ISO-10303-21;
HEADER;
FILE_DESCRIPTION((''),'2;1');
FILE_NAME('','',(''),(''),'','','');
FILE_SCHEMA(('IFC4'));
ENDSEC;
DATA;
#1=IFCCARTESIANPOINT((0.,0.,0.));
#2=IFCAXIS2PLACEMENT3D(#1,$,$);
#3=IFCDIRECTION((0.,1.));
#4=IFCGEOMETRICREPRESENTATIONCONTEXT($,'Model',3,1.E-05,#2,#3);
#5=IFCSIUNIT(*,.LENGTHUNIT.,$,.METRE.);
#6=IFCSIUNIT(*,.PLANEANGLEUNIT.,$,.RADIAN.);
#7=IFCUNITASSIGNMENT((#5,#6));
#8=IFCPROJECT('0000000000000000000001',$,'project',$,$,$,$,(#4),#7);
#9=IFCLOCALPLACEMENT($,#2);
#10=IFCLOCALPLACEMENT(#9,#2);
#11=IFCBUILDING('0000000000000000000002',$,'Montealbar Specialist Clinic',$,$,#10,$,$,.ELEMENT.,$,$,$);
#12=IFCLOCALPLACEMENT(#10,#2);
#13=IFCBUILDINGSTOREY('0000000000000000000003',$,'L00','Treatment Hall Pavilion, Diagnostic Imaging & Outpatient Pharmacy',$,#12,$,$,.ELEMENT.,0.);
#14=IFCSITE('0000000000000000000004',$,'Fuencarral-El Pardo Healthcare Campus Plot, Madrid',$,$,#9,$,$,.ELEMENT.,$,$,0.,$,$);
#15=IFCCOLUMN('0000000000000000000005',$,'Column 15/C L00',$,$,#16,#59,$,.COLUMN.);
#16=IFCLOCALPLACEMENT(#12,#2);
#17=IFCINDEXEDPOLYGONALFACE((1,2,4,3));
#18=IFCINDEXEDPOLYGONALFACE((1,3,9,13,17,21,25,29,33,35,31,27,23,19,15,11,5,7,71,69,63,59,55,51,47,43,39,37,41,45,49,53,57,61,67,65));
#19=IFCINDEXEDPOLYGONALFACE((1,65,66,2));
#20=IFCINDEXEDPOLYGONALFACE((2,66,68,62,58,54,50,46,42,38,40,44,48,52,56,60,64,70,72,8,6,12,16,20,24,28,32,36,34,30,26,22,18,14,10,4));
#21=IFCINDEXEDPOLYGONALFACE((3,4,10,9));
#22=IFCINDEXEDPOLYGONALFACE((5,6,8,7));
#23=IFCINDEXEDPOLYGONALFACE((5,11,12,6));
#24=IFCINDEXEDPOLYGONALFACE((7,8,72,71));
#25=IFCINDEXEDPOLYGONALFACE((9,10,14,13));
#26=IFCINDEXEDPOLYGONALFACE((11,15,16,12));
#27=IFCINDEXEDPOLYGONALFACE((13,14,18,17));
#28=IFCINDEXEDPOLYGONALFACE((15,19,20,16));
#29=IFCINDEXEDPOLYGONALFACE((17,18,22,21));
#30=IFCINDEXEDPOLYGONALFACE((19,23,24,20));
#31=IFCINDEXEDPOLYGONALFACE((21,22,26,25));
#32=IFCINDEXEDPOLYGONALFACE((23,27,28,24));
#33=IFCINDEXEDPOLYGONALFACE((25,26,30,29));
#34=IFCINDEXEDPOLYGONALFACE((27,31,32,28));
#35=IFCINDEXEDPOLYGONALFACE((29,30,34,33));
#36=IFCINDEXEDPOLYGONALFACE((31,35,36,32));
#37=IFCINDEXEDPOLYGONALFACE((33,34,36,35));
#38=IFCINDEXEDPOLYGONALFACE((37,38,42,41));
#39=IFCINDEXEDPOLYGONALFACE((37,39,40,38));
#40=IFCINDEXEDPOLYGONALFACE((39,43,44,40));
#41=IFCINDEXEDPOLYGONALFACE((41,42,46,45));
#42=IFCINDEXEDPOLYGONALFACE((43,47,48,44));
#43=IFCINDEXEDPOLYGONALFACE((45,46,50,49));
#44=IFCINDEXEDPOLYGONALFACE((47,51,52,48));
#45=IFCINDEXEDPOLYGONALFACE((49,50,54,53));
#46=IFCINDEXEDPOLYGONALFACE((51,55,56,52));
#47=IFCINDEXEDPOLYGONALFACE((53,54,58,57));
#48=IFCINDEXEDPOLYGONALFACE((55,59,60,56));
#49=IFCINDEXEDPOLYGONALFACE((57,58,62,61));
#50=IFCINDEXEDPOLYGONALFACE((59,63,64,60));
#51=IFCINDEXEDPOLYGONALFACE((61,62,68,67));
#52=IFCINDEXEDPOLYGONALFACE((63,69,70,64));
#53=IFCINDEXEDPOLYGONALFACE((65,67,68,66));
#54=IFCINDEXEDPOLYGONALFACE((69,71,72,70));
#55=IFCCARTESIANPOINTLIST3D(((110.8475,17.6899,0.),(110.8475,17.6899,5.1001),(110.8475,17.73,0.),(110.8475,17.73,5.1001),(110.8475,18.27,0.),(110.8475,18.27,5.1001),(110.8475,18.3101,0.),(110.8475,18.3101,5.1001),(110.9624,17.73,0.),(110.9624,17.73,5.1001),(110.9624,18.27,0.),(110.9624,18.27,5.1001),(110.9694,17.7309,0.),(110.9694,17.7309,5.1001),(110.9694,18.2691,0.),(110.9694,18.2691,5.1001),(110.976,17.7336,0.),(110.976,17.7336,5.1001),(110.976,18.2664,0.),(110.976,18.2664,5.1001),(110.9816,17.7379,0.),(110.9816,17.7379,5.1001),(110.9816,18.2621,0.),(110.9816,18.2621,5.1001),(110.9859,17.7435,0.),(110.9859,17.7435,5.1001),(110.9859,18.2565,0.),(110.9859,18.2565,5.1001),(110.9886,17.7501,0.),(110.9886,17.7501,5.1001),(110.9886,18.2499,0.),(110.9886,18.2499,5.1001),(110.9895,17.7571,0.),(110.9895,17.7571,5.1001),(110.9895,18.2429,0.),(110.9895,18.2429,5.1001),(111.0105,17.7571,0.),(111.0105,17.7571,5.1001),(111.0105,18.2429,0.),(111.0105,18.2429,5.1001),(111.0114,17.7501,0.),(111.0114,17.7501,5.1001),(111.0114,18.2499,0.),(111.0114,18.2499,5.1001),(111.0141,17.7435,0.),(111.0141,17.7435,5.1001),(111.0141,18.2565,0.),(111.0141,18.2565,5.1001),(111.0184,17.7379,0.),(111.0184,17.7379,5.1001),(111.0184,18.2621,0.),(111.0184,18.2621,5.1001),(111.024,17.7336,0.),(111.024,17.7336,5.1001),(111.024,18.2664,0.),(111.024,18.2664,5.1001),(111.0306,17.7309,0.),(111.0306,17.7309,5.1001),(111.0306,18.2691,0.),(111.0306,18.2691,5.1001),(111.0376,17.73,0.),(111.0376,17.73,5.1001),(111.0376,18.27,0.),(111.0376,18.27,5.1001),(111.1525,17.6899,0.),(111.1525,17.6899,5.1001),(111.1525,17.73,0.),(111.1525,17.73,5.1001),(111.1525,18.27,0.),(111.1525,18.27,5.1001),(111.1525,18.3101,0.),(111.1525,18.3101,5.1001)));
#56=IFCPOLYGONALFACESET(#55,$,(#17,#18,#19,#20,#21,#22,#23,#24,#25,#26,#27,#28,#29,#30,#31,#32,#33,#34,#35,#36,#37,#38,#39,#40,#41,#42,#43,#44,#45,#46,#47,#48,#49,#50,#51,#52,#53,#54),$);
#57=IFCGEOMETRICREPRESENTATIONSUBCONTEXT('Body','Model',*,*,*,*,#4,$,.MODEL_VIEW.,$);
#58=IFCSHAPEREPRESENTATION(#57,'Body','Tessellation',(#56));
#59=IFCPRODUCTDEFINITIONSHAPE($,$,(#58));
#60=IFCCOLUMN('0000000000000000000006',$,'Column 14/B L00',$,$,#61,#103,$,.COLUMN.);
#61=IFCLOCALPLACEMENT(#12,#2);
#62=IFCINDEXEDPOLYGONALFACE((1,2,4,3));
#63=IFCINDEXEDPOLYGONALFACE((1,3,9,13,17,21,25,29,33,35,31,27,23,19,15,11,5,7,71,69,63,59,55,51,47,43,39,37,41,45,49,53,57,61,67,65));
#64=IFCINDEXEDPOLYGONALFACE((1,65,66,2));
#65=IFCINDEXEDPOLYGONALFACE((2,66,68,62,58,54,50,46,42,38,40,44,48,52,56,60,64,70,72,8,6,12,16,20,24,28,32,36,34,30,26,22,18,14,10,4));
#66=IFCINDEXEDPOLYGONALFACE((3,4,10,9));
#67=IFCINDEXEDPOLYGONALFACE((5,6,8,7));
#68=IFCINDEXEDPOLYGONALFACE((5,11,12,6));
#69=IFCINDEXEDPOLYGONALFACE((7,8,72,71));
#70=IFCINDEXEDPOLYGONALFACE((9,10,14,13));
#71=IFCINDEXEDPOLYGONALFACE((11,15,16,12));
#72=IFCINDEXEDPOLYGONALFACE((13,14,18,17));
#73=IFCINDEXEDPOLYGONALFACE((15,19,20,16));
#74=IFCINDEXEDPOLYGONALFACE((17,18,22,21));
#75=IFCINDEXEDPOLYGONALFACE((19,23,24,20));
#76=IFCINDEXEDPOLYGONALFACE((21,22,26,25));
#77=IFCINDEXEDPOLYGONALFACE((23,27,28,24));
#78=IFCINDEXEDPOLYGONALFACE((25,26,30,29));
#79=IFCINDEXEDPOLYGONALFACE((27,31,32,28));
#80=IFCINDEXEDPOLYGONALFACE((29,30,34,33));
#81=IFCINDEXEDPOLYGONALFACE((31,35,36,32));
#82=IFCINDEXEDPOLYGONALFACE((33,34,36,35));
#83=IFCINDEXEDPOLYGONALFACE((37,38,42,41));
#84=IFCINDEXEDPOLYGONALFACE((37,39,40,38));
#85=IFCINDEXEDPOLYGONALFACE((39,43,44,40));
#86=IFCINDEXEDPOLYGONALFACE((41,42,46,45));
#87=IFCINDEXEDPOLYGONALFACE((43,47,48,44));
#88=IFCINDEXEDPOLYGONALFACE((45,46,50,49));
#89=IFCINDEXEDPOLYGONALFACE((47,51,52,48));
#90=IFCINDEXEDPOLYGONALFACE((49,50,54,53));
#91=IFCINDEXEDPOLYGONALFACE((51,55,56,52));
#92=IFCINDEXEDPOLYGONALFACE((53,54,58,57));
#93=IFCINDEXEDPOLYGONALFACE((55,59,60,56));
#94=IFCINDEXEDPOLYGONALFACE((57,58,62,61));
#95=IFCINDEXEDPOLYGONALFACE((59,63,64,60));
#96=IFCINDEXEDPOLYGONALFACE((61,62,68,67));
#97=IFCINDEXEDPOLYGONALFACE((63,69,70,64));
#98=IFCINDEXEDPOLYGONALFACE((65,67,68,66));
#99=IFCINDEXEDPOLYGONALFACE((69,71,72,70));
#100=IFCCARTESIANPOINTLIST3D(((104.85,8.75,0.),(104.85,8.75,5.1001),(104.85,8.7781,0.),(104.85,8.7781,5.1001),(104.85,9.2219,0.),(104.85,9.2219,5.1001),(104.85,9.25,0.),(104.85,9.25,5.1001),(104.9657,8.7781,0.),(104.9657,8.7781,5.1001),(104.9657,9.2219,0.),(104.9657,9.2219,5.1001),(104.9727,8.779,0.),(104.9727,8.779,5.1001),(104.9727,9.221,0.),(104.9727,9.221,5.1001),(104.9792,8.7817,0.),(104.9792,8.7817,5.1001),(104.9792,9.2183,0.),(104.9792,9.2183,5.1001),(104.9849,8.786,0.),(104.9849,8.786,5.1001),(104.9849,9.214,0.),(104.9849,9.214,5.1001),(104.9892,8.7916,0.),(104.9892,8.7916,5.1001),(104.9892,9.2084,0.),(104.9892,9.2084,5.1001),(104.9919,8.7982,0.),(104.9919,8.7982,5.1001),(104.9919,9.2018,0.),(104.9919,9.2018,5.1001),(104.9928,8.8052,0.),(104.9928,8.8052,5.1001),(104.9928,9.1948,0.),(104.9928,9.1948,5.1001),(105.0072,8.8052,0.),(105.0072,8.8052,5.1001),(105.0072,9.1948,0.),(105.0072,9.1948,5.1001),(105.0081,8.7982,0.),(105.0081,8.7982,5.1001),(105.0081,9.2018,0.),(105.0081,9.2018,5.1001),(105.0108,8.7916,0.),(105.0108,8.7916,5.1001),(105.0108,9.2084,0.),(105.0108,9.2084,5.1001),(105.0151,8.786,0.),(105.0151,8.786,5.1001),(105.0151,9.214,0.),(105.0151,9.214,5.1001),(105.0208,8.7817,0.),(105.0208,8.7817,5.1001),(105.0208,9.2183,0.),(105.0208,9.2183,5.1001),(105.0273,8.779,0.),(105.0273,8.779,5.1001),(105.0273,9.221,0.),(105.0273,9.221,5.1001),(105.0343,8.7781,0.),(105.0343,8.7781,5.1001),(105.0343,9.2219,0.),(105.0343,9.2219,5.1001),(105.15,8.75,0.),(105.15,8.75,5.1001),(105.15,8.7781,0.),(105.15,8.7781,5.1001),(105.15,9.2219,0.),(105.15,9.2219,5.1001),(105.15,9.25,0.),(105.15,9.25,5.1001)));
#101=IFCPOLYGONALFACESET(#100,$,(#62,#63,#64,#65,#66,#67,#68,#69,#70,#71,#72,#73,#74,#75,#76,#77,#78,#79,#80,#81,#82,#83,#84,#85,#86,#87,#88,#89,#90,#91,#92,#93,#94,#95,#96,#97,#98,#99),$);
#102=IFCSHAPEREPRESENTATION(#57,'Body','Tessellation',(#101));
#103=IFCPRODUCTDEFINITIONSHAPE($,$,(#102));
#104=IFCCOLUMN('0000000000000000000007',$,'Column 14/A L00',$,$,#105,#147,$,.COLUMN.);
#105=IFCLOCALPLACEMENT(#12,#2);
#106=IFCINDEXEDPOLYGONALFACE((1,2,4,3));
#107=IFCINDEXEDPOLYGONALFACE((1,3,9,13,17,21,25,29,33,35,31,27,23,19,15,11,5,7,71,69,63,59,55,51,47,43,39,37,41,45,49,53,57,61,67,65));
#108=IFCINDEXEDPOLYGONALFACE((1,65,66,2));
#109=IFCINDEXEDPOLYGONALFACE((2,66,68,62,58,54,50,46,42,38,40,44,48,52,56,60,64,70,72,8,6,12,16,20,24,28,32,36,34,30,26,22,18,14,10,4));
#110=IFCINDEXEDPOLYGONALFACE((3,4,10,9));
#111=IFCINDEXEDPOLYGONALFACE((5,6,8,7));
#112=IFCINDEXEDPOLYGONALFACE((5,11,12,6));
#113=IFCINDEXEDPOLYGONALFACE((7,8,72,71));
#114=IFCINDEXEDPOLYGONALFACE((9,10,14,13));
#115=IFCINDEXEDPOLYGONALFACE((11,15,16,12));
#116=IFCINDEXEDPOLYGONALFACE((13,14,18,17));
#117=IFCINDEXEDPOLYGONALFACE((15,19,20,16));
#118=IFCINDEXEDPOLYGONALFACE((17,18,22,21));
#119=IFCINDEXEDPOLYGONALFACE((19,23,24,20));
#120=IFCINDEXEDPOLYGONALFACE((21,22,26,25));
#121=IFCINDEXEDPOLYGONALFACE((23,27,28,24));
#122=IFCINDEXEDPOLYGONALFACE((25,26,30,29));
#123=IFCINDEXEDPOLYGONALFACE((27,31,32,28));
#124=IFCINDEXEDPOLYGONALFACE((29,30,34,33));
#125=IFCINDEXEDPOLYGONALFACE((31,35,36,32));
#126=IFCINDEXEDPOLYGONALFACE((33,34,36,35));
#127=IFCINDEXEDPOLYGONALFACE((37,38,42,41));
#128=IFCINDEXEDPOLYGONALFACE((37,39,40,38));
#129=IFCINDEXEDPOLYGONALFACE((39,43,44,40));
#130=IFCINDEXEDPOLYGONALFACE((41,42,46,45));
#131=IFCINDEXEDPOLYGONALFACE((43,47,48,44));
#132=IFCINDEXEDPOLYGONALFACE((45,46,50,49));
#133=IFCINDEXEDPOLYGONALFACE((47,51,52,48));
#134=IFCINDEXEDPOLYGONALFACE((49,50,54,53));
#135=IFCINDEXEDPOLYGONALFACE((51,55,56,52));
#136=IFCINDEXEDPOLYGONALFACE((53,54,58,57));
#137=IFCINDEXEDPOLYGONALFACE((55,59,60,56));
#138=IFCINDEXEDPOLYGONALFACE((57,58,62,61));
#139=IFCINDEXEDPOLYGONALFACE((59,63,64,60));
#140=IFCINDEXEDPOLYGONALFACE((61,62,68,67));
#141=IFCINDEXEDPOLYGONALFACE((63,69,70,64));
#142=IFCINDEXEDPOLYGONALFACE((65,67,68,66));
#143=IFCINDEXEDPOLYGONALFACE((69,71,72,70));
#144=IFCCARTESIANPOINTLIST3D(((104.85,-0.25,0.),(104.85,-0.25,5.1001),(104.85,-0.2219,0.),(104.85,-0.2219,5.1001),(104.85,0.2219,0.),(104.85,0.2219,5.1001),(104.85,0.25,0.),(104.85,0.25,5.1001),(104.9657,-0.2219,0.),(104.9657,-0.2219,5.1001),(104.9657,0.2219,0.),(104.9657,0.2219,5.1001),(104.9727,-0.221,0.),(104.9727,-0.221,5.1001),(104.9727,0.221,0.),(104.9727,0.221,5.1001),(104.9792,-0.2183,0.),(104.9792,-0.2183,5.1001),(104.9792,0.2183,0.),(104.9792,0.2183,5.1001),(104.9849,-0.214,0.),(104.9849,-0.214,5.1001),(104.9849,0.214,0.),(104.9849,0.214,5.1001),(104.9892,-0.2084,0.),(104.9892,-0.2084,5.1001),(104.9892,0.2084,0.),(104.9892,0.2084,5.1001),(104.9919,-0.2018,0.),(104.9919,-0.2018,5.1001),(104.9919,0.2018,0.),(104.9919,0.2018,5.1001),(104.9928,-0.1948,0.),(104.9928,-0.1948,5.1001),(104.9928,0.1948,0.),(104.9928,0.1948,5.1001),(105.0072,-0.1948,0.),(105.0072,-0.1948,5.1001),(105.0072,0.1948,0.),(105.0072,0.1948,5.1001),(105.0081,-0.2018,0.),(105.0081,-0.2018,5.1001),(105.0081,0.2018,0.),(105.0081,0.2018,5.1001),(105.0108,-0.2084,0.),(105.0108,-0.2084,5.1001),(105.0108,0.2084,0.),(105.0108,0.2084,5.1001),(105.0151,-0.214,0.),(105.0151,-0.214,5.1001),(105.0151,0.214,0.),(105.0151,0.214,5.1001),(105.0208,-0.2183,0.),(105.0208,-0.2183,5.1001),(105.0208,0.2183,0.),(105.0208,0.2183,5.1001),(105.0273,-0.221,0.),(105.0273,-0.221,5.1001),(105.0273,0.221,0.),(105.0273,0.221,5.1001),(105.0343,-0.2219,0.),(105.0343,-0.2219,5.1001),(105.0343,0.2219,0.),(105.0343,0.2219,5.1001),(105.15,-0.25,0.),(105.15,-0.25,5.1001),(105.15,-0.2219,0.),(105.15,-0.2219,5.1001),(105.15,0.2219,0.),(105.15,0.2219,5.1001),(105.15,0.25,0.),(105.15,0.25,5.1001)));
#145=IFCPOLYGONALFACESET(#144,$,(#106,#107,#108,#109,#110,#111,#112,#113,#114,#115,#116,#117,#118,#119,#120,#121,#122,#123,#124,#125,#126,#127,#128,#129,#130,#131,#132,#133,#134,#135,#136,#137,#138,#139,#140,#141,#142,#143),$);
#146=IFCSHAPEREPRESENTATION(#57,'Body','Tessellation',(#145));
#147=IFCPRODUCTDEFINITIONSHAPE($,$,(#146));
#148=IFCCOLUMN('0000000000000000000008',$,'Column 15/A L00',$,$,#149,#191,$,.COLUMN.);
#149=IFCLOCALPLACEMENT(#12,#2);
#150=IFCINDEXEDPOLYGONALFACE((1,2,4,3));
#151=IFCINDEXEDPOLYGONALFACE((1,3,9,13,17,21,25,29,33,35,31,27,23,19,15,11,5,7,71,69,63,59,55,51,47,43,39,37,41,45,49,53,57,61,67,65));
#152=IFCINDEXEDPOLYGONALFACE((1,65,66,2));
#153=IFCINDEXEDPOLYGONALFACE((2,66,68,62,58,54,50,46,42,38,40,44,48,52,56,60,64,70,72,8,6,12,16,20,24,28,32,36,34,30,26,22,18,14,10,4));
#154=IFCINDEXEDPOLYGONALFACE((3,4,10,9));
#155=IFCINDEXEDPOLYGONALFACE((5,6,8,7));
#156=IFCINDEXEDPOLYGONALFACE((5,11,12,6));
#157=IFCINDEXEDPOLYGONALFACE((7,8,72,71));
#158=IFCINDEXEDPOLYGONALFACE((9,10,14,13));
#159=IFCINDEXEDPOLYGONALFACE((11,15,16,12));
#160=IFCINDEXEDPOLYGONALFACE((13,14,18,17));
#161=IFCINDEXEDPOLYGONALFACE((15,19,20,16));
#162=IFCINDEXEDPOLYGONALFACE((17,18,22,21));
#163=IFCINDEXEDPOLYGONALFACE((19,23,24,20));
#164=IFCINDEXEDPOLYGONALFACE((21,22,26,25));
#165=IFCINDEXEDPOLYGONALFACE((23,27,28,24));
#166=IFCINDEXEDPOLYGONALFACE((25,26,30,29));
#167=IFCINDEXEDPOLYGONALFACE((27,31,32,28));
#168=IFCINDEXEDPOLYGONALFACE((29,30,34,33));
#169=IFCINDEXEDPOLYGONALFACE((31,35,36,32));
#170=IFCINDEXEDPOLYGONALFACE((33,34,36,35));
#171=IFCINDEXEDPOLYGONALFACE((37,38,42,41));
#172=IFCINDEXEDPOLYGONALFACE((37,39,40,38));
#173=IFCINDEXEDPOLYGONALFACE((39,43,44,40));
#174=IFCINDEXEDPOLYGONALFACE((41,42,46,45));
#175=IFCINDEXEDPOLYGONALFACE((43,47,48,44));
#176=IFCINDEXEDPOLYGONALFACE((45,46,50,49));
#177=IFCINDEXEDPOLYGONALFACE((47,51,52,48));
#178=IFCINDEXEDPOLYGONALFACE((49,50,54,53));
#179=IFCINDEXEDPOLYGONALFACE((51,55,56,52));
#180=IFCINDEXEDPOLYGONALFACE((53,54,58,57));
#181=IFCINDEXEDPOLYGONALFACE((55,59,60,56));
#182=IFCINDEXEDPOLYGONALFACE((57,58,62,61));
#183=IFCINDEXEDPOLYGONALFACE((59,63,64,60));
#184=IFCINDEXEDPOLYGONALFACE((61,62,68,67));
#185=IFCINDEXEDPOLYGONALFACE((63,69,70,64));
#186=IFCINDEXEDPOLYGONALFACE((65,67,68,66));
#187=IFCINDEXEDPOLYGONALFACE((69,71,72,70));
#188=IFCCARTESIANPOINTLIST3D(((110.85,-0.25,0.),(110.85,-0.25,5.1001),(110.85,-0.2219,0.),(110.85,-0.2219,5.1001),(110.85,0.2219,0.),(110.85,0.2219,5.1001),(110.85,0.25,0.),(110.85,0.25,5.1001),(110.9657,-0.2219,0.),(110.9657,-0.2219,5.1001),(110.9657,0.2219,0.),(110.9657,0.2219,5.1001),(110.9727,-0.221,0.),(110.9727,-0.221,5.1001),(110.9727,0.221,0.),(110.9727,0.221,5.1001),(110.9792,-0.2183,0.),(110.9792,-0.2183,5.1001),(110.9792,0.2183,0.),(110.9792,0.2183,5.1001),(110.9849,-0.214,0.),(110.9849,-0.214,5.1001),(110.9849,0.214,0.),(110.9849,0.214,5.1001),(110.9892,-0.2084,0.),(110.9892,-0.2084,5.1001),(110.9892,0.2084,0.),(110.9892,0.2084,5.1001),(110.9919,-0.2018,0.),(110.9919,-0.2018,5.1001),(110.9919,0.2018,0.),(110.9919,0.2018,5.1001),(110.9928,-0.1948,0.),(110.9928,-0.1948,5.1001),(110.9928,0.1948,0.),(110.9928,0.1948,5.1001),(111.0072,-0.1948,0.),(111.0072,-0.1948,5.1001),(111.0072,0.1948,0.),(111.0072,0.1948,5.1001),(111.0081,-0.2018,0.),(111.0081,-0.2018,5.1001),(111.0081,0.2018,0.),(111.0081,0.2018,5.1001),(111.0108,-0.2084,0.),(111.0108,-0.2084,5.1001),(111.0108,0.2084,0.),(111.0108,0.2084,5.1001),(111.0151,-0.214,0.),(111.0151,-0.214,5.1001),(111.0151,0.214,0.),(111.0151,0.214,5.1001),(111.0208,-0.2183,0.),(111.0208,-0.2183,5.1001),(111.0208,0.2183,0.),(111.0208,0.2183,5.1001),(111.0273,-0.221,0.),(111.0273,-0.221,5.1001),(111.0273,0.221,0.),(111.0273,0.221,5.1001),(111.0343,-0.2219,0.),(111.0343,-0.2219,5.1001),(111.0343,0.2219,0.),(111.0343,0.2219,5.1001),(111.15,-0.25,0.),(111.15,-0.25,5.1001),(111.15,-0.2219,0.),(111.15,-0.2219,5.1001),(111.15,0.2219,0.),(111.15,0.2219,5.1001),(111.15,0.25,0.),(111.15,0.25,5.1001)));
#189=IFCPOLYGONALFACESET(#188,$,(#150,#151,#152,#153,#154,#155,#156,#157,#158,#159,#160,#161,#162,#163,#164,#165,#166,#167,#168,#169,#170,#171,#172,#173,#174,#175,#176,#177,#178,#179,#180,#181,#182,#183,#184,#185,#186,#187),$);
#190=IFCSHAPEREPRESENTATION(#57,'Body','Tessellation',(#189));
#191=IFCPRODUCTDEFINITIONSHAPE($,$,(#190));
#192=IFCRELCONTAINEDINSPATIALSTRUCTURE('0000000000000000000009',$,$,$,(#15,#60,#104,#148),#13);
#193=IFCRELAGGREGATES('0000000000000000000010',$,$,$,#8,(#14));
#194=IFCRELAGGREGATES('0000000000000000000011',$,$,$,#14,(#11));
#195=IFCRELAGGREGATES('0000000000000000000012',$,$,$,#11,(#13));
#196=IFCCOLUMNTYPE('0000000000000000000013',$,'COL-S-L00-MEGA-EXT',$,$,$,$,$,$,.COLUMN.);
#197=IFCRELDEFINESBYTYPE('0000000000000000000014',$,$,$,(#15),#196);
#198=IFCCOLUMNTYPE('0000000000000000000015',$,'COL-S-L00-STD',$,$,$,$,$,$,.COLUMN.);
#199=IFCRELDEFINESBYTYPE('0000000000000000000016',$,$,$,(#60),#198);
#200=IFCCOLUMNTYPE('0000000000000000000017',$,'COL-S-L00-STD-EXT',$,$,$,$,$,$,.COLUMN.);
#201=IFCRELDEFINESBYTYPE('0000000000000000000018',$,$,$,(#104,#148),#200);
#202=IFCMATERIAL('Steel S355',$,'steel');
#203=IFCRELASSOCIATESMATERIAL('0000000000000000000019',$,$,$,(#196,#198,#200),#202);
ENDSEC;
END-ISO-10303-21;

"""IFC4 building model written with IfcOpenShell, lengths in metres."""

from ifc_helpers import new_model, si_unit, direction, frame, origin, origin_2d, place, context, subcontext, project, spatial, i_section, extrude, material, material_profile, profile_set, type_object, element, save


model = new_model("IFC4")

# Units and contexts
model_context = context("Model", 3, precision=1e-05, world=origin(), true_north=direction((0.0, 1.0)))
body_context = subcontext(model_context, "Body", "Model", "MODEL_VIEW")
ifc_project = project(units=[si_unit("LENGTHUNIT", "METRE"), si_unit("PLANEANGLEUNIT", "RADIAN")], contexts=[model_context])

# Site, building, storey
site_placement = place(None, origin())
site = spatial("IfcSite", under=ifc_project, at=site_placement, Name="Fuencarral-El Pardo Healthcare Campus Plot, Madrid", CompositionType="ELEMENT", RefElevation=0.0)
building_placement = place(site_placement, origin())
building = spatial("IfcBuilding", under=site, at=building_placement, Name="Montealbar Specialist Clinic", CompositionType="ELEMENT")
storey_placement = place(building_placement, origin())
storey = spatial("IfcBuildingStorey", under=building, at=storey_placement, Name="L00", Description="Treatment Hall Pavilion, Diagnostic Imaging & Outpatient Pharmacy", CompositionType="ELEMENT", Elevation=0.0)

# Columns
ifc_material_1 = material(Name="Steel S355", Category="steel")
ifc_material_profile_1 = material_profile(ifc_material_1, i_section(OverallWidth=0.3049, OverallDepth=0.6201, WebThickness=0.021, FlangeThickness=0.04, FilletRadius=0.0271, at=origin_2d()), Name="HEM 600", Category="steel")
ifc_profile_set_1 = profile_set([ifc_material_profile_1], Name="Steel S355")
column_type_1 = type_object("IfcColumnType", Name="COL-S-L00-MEGA-EXT", PredefinedType="COLUMN", material=ifc_profile_set_1)
column_1_placement = place(storey_placement, frame((111.0, 18.0, 0.0), z_axis=(0.0, 0.0, 1.0), x_axis=(1.0, 0.0, 0.0)))
element("IfcColumn", 1, at=column_1_placement, inside=storey, type_object=column_type_1, Name="Column 15/C L00", PredefinedType="COLUMN", context=body_context, shape_type="SweptSolid", body=[
    extrude(i_section(OverallWidth=0.3049, OverallDepth=0.6201, WebThickness=0.021, FlangeThickness=0.04, FilletRadius=0.0271, at=origin_2d()), origin(), (0.0, 0.0, 1.0), 5.1001),
])
ifc_material_profile_2 = material_profile(ifc_material_1, i_section(OverallWidth=0.3, OverallDepth=0.5, WebThickness=0.0144, FlangeThickness=0.0281, FilletRadius=0.0271, at=origin_2d()), Name="HEB 500", Category="steel")
ifc_profile_set_2 = profile_set([ifc_material_profile_2], Name="Steel S355")
column_type_2 = type_object("IfcColumnType", Name="COL-S-L00-STD", PredefinedType="COLUMN", material=ifc_profile_set_2)
column_2_placement = place(storey_placement, frame((105.0, 9.0, 0.0), z_axis=(0.0, 0.0, 1.0), x_axis=(1.0, 0.0, 0.0)))
element("IfcColumn", 2, at=column_2_placement, inside=storey, type_object=column_type_2, Name="Column 14/B L00", PredefinedType="COLUMN", context=body_context, shape_type="SweptSolid", body=[
    extrude(i_section(OverallWidth=0.3, OverallDepth=0.5, WebThickness=0.0144, FlangeThickness=0.0281, FilletRadius=0.0271, at=origin_2d()), origin(), (0.0, 0.0, 1.0), 5.1001),
])
ifc_material_profile_3 = material_profile(ifc_material_1, i_section(OverallWidth=0.3, OverallDepth=0.5, WebThickness=0.0144, FlangeThickness=0.0281, FilletRadius=0.0271, at=origin_2d()), Name="HEB 500", Category="steel")
ifc_profile_set_3 = profile_set([ifc_material_profile_3], Name="Steel S355")
column_type_3 = type_object("IfcColumnType", Name="COL-S-L00-STD-EXT", PredefinedType="COLUMN", material=ifc_profile_set_3)
for number, where, z_axis, x_axis, name in (
    (3, (105.0, 0.0, 0.0), (0.0, 0.0, 1.0), (1.0, 0.0, 0.0), "Column 14/A L00"),
    (4, (111.0, 0.0, 0.0), (0.0, 0.0, 1.0), (1.0, 0.0, 0.0), "Column 15/A L00"),
):
    element("IfcColumn", number, at=place(storey_placement, frame(where, z_axis=z_axis, x_axis=x_axis)), inside=storey, type_object=column_type_3, Name=name, PredefinedType="COLUMN", context=body_context, shape_type="SweptSolid", body=[
        extrude(i_section(OverallWidth=0.3, OverallDepth=0.5, WebThickness=0.0144, FlangeThickness=0.0281, FilletRadius=0.0271, at=origin_2d()), origin(), (0.0, 0.0, 1.0), 5.1001),
    ])

save(model, "model.ifc")
